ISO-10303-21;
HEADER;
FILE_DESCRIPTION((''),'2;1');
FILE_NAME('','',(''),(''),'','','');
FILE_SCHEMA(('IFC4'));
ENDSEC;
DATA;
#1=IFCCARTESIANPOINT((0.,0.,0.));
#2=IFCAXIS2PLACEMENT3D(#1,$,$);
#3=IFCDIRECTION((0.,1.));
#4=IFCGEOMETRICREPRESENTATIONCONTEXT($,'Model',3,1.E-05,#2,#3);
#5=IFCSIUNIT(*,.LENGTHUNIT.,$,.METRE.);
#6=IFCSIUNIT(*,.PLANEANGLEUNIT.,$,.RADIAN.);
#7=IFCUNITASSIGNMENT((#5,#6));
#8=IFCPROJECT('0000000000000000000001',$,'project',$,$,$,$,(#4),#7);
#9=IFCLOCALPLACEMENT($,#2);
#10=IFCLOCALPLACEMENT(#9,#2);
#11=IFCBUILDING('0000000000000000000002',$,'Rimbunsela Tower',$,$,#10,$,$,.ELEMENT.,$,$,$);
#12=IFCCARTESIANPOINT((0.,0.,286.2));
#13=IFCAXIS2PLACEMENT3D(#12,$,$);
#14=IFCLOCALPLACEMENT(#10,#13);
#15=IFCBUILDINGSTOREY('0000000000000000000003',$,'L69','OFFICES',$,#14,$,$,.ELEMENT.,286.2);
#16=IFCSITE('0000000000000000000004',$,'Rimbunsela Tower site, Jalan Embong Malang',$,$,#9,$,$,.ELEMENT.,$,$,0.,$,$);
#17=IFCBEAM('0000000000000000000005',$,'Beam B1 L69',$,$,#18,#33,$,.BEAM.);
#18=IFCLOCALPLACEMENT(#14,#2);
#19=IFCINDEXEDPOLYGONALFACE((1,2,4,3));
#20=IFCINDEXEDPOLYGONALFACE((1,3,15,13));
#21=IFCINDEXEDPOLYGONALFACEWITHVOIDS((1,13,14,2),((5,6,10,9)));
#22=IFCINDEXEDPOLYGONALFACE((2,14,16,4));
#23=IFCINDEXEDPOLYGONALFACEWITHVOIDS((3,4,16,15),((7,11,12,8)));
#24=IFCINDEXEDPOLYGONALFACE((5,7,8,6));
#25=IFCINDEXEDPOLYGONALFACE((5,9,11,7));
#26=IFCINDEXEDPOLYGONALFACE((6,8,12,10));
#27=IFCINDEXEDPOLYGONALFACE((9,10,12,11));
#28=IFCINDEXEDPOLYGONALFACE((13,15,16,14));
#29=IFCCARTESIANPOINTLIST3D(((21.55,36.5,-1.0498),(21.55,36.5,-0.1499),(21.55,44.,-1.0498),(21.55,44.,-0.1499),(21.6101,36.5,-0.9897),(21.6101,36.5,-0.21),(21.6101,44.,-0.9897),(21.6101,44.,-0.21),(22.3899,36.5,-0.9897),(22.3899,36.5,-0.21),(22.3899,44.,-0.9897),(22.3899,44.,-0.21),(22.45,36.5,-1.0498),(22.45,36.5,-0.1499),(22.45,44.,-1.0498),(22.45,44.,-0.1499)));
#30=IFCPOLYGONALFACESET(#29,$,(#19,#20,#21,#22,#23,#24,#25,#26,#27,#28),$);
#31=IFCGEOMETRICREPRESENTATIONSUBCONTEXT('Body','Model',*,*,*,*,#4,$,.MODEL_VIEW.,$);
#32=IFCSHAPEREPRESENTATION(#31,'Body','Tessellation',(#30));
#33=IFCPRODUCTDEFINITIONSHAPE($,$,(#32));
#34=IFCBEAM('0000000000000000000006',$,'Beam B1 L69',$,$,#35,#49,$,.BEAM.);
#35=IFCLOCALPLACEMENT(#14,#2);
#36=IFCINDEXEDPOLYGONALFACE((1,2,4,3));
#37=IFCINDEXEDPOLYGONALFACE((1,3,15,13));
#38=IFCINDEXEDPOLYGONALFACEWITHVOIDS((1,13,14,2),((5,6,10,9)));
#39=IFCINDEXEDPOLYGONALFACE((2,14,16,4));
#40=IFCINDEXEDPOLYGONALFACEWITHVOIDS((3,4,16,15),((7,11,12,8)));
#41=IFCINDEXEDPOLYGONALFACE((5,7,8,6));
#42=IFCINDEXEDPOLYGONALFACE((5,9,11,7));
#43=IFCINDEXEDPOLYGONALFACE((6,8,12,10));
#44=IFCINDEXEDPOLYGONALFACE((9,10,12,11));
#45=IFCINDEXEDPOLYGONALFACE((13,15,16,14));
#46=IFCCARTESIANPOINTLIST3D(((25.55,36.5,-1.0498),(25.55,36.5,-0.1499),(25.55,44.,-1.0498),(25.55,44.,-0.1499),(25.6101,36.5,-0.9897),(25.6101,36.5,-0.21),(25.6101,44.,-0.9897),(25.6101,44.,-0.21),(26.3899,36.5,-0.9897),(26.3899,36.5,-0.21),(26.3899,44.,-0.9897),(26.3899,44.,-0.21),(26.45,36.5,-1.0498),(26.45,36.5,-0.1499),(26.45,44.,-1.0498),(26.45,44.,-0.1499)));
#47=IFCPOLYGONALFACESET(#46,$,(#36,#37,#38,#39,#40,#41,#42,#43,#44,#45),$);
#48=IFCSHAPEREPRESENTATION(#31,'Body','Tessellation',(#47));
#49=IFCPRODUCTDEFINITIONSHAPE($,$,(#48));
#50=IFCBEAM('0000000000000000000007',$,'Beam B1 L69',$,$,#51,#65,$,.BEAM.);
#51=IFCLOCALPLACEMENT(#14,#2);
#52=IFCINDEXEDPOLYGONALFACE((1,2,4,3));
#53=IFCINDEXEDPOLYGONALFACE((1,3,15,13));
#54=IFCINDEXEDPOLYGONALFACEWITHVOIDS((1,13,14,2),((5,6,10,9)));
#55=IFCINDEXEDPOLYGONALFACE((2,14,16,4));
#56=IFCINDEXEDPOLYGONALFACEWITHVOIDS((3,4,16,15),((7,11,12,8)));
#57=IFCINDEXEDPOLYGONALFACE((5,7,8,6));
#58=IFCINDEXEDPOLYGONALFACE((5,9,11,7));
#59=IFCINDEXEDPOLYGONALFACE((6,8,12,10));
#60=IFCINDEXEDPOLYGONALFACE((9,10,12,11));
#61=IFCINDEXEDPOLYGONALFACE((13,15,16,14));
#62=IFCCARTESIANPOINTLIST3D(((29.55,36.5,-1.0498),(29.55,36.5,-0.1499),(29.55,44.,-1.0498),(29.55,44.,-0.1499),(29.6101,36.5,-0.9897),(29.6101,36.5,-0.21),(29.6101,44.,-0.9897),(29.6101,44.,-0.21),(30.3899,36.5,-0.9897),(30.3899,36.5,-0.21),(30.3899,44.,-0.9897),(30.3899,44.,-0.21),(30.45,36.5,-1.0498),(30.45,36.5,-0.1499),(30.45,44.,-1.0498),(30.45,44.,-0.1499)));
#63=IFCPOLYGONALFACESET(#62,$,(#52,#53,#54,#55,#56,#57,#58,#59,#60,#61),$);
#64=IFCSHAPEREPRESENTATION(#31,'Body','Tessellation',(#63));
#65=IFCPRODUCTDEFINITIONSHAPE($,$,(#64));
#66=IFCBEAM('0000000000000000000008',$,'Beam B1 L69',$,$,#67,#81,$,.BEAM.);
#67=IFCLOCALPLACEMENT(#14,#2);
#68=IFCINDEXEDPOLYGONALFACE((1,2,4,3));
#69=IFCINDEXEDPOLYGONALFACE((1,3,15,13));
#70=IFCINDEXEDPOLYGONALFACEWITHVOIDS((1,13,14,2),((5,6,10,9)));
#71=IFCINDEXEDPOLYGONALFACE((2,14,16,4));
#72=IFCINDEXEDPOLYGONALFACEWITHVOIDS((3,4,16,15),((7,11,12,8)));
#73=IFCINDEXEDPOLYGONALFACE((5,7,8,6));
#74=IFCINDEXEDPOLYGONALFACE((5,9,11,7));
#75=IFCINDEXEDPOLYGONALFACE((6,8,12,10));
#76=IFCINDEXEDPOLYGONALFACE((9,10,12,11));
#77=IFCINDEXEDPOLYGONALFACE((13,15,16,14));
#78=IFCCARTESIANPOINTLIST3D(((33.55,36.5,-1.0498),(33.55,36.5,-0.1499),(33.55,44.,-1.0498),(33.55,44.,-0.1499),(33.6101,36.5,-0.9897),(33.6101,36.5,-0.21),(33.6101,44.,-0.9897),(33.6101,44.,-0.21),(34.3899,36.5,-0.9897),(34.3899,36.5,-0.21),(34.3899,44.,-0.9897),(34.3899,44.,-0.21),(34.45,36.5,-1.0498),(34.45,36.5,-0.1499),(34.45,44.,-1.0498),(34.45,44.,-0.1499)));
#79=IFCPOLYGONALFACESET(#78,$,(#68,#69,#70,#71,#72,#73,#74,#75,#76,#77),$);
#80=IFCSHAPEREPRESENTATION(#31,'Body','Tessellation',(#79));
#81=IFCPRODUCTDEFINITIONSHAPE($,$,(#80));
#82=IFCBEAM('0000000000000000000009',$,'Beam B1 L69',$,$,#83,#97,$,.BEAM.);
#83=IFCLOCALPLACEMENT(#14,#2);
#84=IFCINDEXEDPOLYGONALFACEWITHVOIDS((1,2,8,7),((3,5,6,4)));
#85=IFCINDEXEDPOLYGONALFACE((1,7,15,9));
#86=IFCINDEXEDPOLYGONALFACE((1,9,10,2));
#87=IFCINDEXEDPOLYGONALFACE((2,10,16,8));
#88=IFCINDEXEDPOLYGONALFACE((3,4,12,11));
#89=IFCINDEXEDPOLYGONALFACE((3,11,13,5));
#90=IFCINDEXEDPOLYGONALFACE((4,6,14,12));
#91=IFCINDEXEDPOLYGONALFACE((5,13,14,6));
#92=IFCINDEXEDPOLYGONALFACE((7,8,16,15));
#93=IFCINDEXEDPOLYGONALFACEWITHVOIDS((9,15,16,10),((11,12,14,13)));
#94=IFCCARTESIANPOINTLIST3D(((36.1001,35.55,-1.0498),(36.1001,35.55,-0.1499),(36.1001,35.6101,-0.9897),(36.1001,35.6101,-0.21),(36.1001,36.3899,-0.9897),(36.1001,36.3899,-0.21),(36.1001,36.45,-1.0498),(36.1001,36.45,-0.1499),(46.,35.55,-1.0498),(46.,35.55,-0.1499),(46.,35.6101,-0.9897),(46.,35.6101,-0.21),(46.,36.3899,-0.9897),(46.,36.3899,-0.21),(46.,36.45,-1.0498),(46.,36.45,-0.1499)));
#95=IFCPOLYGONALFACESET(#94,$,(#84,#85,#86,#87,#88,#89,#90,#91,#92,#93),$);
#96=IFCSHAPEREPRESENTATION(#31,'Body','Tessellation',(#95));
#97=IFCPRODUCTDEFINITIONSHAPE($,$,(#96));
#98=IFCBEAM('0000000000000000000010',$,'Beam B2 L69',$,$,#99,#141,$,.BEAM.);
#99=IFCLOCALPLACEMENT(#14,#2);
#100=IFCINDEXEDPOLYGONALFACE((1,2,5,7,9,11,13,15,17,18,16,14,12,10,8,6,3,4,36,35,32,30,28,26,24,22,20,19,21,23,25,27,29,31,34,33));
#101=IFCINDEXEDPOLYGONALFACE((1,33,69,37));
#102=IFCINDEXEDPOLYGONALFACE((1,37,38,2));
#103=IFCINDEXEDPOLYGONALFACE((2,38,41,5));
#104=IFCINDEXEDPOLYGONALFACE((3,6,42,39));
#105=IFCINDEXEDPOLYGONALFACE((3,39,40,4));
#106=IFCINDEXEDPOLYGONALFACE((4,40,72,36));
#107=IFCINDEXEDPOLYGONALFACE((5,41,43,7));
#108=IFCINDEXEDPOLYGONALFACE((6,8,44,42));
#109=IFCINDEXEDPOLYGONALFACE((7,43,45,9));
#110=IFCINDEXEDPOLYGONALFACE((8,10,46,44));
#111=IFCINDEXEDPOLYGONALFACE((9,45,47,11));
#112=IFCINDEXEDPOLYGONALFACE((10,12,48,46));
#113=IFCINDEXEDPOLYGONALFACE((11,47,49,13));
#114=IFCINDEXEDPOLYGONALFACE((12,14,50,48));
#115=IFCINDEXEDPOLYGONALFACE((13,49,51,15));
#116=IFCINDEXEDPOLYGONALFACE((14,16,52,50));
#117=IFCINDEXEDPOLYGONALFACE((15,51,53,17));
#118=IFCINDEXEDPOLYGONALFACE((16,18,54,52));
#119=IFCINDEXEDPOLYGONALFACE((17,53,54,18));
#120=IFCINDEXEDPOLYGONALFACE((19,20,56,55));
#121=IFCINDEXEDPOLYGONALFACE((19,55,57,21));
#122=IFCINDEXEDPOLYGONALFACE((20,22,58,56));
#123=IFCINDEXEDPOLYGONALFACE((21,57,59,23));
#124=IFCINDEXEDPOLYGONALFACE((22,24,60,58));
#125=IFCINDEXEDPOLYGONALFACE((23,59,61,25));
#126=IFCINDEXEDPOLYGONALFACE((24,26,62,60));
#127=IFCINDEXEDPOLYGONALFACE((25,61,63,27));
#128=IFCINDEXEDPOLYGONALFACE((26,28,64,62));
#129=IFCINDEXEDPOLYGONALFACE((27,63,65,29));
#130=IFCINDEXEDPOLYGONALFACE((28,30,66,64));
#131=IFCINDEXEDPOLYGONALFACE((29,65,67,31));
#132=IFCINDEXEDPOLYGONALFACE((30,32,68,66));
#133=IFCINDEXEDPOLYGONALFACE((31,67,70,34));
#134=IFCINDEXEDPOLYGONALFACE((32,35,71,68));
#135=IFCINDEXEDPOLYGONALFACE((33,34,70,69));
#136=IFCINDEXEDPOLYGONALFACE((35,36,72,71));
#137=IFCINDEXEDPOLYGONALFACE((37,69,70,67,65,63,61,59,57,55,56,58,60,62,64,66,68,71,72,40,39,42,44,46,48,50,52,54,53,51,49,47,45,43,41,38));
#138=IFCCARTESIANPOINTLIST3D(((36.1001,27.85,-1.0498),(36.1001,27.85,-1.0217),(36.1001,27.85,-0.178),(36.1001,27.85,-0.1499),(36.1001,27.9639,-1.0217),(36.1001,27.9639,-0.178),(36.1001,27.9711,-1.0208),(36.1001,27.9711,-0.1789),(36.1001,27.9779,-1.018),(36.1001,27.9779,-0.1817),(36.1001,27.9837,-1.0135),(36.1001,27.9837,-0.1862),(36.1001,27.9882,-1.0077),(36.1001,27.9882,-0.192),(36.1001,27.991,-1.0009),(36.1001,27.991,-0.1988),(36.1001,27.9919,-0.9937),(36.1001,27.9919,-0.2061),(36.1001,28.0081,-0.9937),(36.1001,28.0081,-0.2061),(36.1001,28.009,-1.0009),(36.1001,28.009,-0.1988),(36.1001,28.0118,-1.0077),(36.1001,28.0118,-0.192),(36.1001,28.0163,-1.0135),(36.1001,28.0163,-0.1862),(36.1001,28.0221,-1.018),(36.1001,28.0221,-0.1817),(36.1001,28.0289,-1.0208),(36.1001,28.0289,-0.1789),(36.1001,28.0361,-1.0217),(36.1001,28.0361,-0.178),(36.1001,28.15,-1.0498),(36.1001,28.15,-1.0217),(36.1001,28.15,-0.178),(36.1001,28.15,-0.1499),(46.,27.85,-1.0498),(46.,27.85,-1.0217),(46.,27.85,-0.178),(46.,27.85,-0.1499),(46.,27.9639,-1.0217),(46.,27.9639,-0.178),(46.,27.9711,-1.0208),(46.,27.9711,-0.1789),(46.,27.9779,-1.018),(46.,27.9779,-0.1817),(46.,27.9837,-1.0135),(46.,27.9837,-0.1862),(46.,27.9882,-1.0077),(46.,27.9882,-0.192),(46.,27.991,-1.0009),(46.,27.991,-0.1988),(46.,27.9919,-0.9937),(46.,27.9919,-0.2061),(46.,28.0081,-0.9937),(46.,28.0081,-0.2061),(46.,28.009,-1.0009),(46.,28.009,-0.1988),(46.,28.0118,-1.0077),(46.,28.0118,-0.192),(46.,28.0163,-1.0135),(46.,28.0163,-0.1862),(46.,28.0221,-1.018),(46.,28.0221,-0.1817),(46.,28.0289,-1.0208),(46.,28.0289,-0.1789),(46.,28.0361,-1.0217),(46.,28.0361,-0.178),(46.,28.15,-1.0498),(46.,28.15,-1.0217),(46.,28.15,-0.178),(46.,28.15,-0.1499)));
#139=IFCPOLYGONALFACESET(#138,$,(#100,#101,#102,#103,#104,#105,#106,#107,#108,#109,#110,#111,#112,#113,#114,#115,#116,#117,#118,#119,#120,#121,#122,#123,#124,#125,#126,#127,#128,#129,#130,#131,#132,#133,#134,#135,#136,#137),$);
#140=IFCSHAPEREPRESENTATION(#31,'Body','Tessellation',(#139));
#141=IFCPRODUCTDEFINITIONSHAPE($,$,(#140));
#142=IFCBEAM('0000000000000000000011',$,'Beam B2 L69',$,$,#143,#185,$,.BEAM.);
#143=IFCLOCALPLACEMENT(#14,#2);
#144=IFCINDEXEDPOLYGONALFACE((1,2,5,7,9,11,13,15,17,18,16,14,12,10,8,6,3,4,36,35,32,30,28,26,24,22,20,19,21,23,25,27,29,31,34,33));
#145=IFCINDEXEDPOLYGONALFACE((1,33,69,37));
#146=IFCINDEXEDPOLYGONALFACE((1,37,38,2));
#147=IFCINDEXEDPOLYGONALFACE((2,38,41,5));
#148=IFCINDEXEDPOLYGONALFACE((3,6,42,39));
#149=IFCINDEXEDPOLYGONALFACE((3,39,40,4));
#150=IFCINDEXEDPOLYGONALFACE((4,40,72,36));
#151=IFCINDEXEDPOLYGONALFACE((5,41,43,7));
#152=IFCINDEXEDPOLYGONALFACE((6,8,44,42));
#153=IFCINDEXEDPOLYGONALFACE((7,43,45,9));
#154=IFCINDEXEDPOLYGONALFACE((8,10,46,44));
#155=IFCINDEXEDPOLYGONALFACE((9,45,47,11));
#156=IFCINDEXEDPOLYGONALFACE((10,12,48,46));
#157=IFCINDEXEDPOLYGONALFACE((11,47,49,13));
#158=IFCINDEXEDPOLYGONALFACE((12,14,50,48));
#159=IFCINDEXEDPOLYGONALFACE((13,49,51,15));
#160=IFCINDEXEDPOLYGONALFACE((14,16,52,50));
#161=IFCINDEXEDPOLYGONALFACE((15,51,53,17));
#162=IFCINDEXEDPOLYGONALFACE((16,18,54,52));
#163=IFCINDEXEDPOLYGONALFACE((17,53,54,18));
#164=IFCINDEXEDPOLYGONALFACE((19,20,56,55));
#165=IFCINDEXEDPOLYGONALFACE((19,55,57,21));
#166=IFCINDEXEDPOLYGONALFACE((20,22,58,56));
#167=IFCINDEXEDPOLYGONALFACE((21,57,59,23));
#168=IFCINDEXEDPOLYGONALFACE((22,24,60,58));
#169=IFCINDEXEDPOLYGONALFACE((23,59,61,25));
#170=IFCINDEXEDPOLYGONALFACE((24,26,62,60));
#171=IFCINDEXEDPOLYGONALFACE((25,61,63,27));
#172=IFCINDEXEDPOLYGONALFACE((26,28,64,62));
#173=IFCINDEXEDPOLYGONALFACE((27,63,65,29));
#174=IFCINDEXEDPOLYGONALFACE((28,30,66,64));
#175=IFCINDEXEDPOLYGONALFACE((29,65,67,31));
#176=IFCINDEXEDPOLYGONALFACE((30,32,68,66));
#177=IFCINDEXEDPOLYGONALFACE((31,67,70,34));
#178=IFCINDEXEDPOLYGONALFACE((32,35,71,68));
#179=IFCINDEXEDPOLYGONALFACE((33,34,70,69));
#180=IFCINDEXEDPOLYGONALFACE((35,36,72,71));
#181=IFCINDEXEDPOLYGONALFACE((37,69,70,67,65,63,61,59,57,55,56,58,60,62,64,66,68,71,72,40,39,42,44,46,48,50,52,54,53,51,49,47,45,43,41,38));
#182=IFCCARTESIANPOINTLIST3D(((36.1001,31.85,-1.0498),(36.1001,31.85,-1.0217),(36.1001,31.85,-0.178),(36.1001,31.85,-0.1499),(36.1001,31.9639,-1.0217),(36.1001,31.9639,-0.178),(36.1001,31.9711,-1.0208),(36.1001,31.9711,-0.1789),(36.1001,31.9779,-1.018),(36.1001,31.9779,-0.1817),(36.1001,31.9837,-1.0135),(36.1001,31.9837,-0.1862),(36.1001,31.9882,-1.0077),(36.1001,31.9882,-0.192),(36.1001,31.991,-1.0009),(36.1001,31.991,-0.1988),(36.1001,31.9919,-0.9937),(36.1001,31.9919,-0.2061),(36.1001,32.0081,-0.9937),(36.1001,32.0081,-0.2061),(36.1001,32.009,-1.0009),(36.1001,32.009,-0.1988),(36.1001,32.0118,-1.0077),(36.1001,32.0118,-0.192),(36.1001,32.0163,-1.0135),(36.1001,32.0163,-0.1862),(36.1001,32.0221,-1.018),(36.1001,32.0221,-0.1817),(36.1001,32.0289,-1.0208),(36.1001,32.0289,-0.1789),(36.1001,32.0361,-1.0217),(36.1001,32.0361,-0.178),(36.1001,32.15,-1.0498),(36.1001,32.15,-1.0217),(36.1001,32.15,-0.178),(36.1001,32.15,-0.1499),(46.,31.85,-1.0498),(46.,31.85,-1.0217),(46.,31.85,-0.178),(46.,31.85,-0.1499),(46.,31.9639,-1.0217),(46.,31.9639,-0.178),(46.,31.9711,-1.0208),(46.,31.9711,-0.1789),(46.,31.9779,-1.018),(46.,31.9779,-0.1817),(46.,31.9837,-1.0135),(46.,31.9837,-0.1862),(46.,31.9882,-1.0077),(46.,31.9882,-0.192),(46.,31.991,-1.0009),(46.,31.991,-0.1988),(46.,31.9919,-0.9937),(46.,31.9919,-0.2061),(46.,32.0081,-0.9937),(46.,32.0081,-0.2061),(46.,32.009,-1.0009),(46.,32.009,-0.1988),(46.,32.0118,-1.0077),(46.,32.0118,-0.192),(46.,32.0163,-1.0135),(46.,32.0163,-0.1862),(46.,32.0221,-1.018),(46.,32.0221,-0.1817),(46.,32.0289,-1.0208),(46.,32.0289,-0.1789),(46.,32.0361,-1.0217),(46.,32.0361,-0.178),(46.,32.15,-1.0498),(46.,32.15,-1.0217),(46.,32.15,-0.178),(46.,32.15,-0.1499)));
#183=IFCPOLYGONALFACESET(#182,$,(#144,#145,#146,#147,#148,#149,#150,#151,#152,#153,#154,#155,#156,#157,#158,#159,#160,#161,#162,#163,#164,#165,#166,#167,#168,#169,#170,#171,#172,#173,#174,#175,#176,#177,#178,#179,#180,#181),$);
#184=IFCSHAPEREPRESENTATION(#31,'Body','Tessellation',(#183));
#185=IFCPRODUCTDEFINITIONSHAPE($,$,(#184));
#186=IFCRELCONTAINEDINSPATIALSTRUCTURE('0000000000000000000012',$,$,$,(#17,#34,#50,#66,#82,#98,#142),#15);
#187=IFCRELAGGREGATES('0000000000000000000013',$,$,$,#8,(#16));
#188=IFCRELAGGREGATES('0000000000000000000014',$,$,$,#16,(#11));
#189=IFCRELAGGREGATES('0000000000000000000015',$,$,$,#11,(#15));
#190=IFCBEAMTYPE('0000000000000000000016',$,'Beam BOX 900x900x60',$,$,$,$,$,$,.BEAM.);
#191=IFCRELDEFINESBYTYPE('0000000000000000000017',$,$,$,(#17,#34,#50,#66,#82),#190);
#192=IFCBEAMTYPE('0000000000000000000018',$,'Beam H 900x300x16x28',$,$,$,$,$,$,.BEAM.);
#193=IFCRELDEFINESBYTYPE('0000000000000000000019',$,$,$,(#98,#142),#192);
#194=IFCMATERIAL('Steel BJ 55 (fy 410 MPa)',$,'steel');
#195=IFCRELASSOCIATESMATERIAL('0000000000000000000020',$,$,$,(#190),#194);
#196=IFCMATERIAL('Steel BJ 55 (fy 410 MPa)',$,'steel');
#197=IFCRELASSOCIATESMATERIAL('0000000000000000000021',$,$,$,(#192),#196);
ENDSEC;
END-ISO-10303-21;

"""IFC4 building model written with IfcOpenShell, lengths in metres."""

from ifc_helpers import new_model, si_unit, direction, frame, origin, origin_2d, place, context, subcontext, project, spatial, hollow_rectangle, i_section, extrude, material, material_profile, profile_set, type_object, element, save


model = new_model("IFC4")

# Units and contexts
model_context = context("Model", 3, precision=1e-05, world=origin(), true_north=direction((0.0, 1.0)))
body_context = subcontext(model_context, "Body", "Model", "MODEL_VIEW")
ifc_project = project(units=[si_unit("LENGTHUNIT", "METRE"), si_unit("PLANEANGLEUNIT", "RADIAN")], contexts=[model_context])

# Site, building, storey
site_placement = place(None, origin())
site = spatial("IfcSite", under=ifc_project, at=site_placement, Name="Rimbunsela Tower site, Jalan Embong Malang", CompositionType="ELEMENT", RefElevation=0.0)
building_placement = place(site_placement, origin())
building = spatial("IfcBuilding", under=site, at=building_placement, Name="Rimbunsela Tower", CompositionType="ELEMENT")
storey_placement = place(building_placement, frame((0.0, 0.0, 286.2)))
storey = spatial("IfcBuildingStorey", under=building, at=storey_placement, Name="L69", Description="OFFICES", CompositionType="ELEMENT", Elevation=286.2)

# Beams
ifc_material_1 = material(Name="Steel BJ 55 (fy 410 MPa)", Category="steel")
ifc_material_profile_1 = material_profile(ifc_material_1, hollow_rectangle(XDim=0.8999, YDim=0.8999, WallThickness=0.0601, at=origin_2d()), Name="BOX 900x900x60")
ifc_profile_set_1 = profile_set([ifc_material_profile_1], Name="Steel BJ 55 (fy 410 MPa)")
beam_type_1 = type_object("IfcBeamType", Name="Beam BOX 900x900x60", PredefinedType="BEAM", material=ifc_profile_set_1)
for number, where, z_axis, x_axis, name in (
    (1, (22.0, 36.5, -0.5999), (0.0, 1.0, 0.0), (-1.0, 0.0, 0.0), "Beam B1 L69"),
    (2, (26.0, 36.5, -0.5999), (0.0, 1.0, 0.0), (-1.0, 0.0, 0.0), "Beam B1 L69"),
    (3, (30.0, 36.5, -0.5999), (0.0, 1.0, 0.0), (-1.0, 0.0, 0.0), "Beam B1 L69"),
    (4, (34.0, 36.5, -0.5999), (0.0, 1.0, 0.0), (-1.0, 0.0, 0.0), "Beam B1 L69"),
):
    element("IfcBeam", number, at=place(storey_placement, frame(where, z_axis=z_axis, x_axis=x_axis)), inside=storey, type_object=beam_type_1, Name=name, PredefinedType="BEAM", context=body_context, shape_type="SweptSolid", body=[
        extrude(hollow_rectangle(XDim=0.8999, YDim=0.8999, WallThickness=0.0601, at=origin_2d()), origin(), (0.0, 0.0, 1.0), 7.5),
    ])
beam_placement = place(storey_placement, frame((36.1001, 36.0, -0.5999), z_axis=(1.0, 0.0, 0.0), x_axis=(0.0, 1.0, 0.0)))
element("IfcBeam", 5, at=beam_placement, inside=storey, type_object=beam_type_1, Name="Beam B1 L69", PredefinedType="BEAM", context=body_context, shape_type="SweptSolid", body=[
    extrude(hollow_rectangle(XDim=0.8999, YDim=0.8999, WallThickness=0.0601, at=origin_2d()), origin(), (0.0, 0.0, 1.0), 9.8999),
])
ifc_material_2 = material(Name="Steel BJ 55 (fy 410 MPa)", Category="steel")
ifc_material_profile_2 = material_profile(ifc_material_2, i_section(OverallWidth=0.3, OverallDepth=0.8999, WebThickness=0.0161, FlangeThickness=0.0281, FilletRadius=0.0281, at=origin_2d()), Name="H 900x300x16x28")
ifc_profile_set_2 = profile_set([ifc_material_profile_2], Name="Steel BJ 55 (fy 410 MPa)")
beam_type_2 = type_object("IfcBeamType", Name="Beam H 900x300x16x28", PredefinedType="BEAM", material=ifc_profile_set_2)
for number, where, z_axis, x_axis, name in (
    (6, (36.1001, 28.0, -0.5999), (1.0, 0.0, 0.0), (0.0, 1.0, 0.0), "Beam B2 L69"),
    (7, (36.1001, 32.0, -0.5999), (1.0, 0.0, 0.0), (0.0, 1.0, 0.0), "Beam B2 L69"),
):
    element("IfcBeam", number, at=place(storey_placement, frame(where, z_axis=z_axis, x_axis=x_axis)), inside=storey, type_object=beam_type_2, Name=name, PredefinedType="BEAM", context=body_context, shape_type="SweptSolid", body=[
        extrude(i_section(OverallWidth=0.3, OverallDepth=0.8999, WebThickness=0.0161, FlangeThickness=0.0281, FilletRadius=0.0281, at=origin_2d()), origin(), (0.0, 0.0, 1.0), 9.8999),
    ])

save(model, "model.ifc")
